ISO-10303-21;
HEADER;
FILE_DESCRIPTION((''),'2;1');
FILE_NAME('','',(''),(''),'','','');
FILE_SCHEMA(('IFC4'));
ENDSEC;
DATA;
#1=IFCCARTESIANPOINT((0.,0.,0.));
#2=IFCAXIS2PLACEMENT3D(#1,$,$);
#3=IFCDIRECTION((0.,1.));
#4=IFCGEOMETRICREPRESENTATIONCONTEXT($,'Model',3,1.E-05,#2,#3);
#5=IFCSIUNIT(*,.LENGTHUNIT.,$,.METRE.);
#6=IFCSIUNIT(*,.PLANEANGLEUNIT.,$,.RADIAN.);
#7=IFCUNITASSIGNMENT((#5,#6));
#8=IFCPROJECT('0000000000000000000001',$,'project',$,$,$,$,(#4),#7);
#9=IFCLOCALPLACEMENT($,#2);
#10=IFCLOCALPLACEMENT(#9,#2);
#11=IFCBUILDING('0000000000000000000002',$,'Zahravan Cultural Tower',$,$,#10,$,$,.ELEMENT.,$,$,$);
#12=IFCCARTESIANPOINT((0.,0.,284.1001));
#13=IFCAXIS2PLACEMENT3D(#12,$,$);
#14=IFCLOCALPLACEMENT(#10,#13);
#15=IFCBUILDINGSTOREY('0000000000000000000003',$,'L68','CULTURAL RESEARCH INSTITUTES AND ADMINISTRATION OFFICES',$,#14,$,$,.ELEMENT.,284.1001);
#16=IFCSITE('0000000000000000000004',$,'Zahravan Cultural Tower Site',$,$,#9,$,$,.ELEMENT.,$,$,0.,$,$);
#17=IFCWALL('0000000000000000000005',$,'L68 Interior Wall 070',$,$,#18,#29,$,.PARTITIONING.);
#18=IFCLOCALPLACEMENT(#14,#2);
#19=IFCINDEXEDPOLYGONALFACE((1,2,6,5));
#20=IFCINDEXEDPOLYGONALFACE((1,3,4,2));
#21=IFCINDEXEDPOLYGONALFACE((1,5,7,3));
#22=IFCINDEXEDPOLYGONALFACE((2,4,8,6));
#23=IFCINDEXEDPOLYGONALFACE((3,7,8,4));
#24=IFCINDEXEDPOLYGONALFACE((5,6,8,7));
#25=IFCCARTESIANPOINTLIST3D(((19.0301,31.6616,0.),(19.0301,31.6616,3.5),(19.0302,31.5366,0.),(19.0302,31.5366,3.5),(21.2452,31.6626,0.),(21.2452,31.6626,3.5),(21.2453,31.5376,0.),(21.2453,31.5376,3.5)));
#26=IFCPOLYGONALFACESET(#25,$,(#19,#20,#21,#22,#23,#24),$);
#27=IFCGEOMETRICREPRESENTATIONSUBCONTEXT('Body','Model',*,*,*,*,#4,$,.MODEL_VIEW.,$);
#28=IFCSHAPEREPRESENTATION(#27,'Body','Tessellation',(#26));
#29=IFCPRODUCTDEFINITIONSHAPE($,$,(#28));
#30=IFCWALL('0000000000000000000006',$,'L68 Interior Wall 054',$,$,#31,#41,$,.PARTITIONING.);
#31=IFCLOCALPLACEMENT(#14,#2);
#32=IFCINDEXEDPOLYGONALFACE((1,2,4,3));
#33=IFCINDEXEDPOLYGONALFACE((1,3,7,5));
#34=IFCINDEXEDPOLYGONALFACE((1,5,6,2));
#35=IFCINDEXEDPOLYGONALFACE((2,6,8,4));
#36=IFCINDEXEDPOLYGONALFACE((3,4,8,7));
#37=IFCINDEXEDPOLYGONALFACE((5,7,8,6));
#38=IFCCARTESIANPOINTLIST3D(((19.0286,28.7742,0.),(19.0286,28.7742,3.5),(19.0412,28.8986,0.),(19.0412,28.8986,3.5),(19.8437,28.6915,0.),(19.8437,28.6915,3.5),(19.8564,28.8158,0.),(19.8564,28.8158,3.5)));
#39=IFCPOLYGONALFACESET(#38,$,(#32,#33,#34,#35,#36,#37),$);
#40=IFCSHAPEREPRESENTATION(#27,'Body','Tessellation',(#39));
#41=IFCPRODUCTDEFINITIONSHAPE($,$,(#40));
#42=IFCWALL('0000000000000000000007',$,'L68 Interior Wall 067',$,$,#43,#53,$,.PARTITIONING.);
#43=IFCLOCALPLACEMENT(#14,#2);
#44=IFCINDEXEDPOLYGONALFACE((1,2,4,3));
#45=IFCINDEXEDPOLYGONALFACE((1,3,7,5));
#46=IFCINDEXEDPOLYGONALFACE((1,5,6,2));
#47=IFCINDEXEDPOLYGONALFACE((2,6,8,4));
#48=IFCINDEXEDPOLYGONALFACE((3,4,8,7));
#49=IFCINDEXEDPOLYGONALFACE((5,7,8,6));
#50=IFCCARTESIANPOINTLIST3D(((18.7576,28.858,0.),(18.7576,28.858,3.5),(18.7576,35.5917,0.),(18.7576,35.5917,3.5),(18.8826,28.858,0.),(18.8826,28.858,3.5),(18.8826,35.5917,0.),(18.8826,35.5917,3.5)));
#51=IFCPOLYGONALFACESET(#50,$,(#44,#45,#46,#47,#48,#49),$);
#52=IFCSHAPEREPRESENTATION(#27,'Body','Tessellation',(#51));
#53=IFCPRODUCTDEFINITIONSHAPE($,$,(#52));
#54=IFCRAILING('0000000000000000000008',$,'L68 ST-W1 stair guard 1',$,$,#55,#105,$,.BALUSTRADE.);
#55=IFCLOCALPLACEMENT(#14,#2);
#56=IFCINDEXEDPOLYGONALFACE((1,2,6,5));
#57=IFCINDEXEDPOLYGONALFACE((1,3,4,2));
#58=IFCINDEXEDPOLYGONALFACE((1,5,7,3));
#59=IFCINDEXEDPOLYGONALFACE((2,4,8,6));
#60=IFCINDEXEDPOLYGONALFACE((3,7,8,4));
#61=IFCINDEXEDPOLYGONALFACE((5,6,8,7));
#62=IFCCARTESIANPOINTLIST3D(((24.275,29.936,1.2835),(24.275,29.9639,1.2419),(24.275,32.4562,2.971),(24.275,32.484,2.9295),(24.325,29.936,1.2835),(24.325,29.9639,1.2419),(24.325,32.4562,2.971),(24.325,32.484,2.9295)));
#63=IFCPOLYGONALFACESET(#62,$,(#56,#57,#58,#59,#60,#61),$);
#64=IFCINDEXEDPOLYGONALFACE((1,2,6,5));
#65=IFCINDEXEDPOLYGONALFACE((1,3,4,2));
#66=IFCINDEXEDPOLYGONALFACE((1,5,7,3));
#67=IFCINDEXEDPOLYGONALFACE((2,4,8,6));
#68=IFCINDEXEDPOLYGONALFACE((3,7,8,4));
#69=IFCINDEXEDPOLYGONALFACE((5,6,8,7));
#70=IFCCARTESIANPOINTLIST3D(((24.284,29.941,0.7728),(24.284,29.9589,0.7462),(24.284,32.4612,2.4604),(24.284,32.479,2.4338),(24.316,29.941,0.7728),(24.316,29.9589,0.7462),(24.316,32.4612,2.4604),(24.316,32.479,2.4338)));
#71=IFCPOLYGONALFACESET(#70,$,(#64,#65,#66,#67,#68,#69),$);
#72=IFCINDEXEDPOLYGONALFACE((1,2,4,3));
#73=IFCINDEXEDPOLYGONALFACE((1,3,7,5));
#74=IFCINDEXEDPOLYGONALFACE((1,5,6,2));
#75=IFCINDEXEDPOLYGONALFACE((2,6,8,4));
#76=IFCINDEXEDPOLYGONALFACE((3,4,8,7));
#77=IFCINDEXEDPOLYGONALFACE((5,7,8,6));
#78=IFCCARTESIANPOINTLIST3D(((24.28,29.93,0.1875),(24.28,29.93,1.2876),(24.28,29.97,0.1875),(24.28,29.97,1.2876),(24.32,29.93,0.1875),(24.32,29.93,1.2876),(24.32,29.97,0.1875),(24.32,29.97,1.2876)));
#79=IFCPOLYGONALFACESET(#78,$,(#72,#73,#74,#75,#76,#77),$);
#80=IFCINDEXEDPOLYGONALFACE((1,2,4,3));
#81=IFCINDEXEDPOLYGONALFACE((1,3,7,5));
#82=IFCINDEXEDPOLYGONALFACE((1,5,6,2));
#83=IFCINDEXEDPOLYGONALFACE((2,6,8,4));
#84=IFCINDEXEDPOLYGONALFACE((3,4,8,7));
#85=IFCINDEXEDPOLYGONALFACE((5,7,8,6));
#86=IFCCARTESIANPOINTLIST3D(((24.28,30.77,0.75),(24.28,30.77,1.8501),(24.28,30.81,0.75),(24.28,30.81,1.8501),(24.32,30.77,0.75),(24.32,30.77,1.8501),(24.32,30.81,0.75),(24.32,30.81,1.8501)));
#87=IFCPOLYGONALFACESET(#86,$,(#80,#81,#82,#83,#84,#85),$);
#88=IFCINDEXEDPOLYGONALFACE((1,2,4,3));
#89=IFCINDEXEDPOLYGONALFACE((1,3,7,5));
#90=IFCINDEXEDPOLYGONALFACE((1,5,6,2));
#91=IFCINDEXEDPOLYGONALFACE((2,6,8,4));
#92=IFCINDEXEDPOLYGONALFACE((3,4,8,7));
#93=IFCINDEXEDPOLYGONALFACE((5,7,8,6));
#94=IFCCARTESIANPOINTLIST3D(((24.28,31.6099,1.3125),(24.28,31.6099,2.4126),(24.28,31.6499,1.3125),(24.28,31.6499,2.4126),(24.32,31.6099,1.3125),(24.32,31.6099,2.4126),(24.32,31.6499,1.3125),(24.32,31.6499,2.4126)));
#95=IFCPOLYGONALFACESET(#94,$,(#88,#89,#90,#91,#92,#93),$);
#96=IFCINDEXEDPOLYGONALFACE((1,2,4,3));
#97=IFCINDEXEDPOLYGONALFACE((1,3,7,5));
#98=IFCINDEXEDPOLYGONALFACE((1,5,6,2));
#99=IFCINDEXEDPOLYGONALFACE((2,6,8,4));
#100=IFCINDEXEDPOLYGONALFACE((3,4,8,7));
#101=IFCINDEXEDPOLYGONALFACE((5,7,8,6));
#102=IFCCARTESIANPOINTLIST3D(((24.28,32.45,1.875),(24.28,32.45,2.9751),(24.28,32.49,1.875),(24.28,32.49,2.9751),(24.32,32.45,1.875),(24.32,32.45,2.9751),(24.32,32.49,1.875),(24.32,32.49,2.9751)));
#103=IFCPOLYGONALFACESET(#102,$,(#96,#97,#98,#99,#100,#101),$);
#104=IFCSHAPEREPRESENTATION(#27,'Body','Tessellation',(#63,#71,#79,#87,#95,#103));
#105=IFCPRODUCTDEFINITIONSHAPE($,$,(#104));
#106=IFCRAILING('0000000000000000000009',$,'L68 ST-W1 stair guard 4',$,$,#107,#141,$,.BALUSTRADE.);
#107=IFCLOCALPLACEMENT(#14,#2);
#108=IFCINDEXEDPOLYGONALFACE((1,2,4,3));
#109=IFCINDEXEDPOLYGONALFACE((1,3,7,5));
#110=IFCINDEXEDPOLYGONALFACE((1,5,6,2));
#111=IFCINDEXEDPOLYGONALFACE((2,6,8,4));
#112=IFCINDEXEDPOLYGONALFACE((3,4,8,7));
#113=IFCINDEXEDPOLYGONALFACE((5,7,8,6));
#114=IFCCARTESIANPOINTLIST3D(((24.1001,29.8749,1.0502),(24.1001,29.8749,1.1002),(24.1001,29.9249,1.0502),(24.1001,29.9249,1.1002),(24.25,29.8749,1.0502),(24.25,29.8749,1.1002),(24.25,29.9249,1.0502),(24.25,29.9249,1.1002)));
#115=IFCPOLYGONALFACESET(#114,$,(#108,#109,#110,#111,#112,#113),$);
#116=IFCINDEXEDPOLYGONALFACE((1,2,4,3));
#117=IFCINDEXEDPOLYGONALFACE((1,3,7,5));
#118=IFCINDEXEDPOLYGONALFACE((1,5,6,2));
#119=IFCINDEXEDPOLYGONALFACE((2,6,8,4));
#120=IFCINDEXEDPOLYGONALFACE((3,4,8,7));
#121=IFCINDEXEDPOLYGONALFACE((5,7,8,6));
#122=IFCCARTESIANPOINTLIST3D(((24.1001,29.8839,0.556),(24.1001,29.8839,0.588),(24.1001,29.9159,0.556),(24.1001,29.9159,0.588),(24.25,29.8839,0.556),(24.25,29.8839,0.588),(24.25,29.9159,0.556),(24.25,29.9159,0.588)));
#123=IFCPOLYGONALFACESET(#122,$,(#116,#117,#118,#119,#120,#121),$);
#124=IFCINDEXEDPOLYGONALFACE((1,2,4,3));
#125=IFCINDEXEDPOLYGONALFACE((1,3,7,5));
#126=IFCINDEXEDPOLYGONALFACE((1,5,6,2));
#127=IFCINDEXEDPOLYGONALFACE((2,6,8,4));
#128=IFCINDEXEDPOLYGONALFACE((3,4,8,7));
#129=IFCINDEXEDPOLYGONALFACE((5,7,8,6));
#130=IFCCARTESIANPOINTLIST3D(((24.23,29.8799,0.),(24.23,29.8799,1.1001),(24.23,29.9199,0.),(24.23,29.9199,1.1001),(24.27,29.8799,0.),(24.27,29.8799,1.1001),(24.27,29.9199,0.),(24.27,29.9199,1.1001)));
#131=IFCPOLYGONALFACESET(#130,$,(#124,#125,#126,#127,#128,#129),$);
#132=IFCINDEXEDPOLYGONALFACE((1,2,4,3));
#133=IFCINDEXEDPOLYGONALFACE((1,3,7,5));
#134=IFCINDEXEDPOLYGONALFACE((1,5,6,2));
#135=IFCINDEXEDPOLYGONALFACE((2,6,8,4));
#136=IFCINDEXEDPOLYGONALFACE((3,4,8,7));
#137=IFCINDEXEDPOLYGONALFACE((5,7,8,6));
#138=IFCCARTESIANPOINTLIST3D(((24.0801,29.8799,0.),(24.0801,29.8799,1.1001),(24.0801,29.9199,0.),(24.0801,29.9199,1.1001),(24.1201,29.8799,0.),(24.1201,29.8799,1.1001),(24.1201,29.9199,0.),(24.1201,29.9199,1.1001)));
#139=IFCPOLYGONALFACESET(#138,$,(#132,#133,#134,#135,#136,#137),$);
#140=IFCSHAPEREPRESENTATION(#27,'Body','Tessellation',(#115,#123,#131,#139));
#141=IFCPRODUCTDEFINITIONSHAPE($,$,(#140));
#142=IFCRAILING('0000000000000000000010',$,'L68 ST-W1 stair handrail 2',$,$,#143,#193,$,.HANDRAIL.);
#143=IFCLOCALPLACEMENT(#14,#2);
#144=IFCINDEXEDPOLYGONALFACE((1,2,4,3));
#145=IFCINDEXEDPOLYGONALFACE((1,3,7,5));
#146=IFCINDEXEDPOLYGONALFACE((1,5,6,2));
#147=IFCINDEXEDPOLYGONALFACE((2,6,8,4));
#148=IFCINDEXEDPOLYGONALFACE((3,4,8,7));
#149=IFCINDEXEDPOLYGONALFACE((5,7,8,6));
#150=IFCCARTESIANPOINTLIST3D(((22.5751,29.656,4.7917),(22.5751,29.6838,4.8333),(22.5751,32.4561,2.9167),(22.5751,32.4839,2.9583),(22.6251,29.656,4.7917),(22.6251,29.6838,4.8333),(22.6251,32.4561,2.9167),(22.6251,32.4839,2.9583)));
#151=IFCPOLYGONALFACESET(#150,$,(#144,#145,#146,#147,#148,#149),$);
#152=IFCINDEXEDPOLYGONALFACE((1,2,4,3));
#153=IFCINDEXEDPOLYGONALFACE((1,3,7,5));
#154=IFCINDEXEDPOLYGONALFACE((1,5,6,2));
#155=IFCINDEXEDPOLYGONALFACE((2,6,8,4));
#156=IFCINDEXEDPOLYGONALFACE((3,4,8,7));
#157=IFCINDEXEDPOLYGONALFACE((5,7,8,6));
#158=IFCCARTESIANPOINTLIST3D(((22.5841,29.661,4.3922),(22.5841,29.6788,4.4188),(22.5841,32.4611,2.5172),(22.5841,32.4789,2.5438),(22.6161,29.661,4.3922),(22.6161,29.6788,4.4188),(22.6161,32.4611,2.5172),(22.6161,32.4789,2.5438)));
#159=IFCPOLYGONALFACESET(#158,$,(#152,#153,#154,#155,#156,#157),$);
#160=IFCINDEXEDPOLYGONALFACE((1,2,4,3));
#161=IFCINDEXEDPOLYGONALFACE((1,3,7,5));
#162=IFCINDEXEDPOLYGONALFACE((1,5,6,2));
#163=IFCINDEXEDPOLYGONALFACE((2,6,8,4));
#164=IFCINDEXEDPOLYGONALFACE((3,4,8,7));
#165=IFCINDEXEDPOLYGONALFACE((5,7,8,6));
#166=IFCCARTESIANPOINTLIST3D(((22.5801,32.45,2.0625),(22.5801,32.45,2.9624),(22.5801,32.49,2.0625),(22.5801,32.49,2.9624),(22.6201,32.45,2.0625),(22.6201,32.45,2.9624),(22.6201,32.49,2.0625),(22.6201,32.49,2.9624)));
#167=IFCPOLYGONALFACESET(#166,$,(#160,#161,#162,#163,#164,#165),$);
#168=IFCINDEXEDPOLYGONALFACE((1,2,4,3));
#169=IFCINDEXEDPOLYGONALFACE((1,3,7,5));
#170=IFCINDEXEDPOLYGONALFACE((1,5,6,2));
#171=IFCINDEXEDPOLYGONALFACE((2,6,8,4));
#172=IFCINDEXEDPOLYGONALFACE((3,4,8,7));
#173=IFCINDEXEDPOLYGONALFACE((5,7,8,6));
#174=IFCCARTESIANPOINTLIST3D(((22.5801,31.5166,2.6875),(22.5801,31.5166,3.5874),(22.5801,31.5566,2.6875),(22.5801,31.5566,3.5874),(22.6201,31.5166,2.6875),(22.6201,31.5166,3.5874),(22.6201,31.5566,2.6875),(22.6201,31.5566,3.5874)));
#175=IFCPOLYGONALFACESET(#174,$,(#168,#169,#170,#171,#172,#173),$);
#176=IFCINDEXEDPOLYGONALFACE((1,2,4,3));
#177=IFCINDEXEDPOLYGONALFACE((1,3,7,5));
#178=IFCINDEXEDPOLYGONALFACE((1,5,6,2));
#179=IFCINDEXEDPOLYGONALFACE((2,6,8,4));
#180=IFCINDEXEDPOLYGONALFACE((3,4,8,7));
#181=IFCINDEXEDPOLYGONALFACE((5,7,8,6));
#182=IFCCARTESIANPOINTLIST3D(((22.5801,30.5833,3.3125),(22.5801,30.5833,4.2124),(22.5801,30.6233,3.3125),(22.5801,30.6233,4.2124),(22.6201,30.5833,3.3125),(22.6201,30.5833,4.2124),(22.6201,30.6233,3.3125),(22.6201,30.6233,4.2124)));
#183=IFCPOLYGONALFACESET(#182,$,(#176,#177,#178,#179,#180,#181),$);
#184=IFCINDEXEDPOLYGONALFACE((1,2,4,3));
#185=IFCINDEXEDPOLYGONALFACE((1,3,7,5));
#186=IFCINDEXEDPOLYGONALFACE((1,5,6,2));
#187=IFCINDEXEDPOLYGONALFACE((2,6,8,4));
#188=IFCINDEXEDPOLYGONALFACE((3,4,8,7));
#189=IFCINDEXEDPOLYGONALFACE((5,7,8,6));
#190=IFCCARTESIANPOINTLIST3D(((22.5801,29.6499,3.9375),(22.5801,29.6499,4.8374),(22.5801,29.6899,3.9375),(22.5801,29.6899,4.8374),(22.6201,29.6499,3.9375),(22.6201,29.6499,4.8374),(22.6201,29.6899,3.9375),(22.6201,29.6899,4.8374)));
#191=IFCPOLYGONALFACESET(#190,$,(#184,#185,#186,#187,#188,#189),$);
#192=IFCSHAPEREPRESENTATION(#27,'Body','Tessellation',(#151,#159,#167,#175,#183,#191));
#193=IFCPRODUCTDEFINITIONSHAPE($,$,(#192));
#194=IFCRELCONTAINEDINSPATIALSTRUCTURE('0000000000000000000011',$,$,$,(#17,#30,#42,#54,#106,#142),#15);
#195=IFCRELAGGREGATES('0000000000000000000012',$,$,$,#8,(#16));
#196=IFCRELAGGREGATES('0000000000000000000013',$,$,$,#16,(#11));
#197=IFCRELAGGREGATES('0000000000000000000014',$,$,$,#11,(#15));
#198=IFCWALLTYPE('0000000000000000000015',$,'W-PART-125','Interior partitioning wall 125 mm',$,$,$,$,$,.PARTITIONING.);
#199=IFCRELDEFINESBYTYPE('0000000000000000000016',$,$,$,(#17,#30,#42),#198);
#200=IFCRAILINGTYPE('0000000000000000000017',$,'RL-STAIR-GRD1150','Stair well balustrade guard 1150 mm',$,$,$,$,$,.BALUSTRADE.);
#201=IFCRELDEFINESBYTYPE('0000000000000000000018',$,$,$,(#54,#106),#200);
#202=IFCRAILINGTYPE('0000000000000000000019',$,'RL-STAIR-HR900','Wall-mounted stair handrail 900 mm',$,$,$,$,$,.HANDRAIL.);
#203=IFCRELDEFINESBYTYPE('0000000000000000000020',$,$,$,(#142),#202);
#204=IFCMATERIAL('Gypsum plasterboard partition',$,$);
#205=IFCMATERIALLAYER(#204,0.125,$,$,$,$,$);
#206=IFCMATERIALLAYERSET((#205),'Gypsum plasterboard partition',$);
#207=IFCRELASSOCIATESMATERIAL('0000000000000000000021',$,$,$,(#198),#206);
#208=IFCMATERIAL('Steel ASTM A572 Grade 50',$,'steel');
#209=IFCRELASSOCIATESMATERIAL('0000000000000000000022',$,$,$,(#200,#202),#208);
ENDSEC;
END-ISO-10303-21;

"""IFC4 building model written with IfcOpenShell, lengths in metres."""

from ifc_helpers import new_model, si_unit, direction, frame, frame_2d, origin, origin_2d, place, context, subcontext, project, spatial, rectangle, extrude, source, transform, mapped, material, layer, layer_set, type_object, element, save


model = new_model("IFC4")

# Units and contexts
model_context = context("Model", 3, precision=1e-05, world=origin(), true_north=direction((0.0, 1.0)))
body_context = subcontext(model_context, "Body", "Model", "MODEL_VIEW")
ifc_project = project(units=[si_unit("LENGTHUNIT", "METRE"), si_unit("PLANEANGLEUNIT", "RADIAN")], contexts=[model_context])

# Site, building, storey
site_placement = place(None, origin())
site = spatial("IfcSite", under=ifc_project, at=site_placement, Name="Zahravan Cultural Tower Site", CompositionType="ELEMENT", RefElevation=0.0)
building_placement = place(site_placement, origin())
building = spatial("IfcBuilding", under=site, at=building_placement, Name="Zahravan Cultural Tower", CompositionType="ELEMENT")
storey_placement = place(building_placement, frame((0.0, 0.0, 284.1001)))
storey = spatial("IfcBuildingStorey", under=building, at=storey_placement, Name="L68", Description="CULTURAL RESEARCH INSTITUTES AND ADMINISTRATION OFFICES", CompositionType="ELEMENT", Elevation=284.1001)

# Shared definitions
ifc_material_1 = material(Name="Gypsum plasterboard partition")
ifc_layer_1 = layer(ifc_material_1, 0.125)
ifc_layer_set_1 = layer_set([ifc_layer_1], Name="Gypsum plasterboard partition")
wall_type_1 = type_object("IfcWallType", Name="W-PART-125", Description="Interior partitioning wall 125 mm", PredefinedType="PARTITIONING", material=ifc_layer_set_1)

# Walls
shared_shape_1 = source(origin(), body_context, "Body", "SweptSolid", [
    extrude(rectangle(XDim=2.2151, YDim=0.125, at=frame_2d((1.1074, 0.0))), origin(), (0.0, 0.0, 1.0), 3.5),
])
wall_1_placement = place(storey_placement, frame((21.2451, 31.6001, 0.0), z_axis=(0.0, 0.0, 1.0), x_axis=(-1.0, -0.000441, 0.0)))
element("IfcWall", 1, at=wall_1_placement, inside=storey, type_object=wall_type_1, Name="L68 Interior Wall 070", PredefinedType="PARTITIONING", context=body_context, shape_type="MappedRepresentation", body=[
    mapped(shared_shape_1, transform((0.0, 0.0, 0.0), x_axis=(1.0, 0.0, 0.0), y_axis=(0.0, 1.0, 0.0), z_axis=(0.0, 0.0, 1.0), scale=1.0)),
])
shared_shape_2 = source(origin(), body_context, "Body", "SweptSolid", [
    extrude(rectangle(XDim=0.8193, YDim=0.125, at=frame_2d((0.4097, 0.0))), origin(), (0.0, 0.0, 1.0), 3.5),
])
wall_2_placement = place(storey_placement, frame((19.0349, 28.8364, 0.0), z_axis=(0.0, 0.0, 1.0), x_axis=(0.994886, -0.101008, 0.0)))
element("IfcWall", 2, at=wall_2_placement, inside=storey, type_object=wall_type_1, Name="L68 Interior Wall 054", PredefinedType="PARTITIONING", context=body_context, shape_type="MappedRepresentation", body=[
    mapped(shared_shape_2, transform((0.0, 0.0, 0.0), x_axis=(1.0, 0.0, 0.0), y_axis=(0.0, 1.0, 0.0), z_axis=(0.0, 0.0, 1.0), scale=1.0)),
])
shared_shape_3 = source(origin(), body_context, "Body", "SweptSolid", [
    extrude(rectangle(XDim=6.7336, YDim=0.125, at=frame_2d((3.3667, 0.0))), origin(), (0.0, 0.0, 1.0), 3.5),
])
wall_3_placement = place(storey_placement, frame((18.8201, 28.8582, 0.0), z_axis=(0.0, 0.0, 1.0), x_axis=(0.0, 1.0, 0.0)))
element("IfcWall", 3, at=wall_3_placement, inside=storey, type_object=wall_type_1, Name="L68 Interior Wall 067", PredefinedType="PARTITIONING", context=body_context, shape_type="MappedRepresentation", body=[
    mapped(shared_shape_3, transform((0.0, 0.0, 0.0), x_axis=(1.0, 0.0, 0.0), y_axis=(0.0, 1.0, 0.0), z_axis=(0.0, 0.0, 1.0), scale=1.0)),
])

# Railings
ifc_material_2 = material(Name="Steel ASTM A572 Grade 50", Category="steel")
railing_type_1 = type_object("IfcRailingType", Name="RL-STAIR-GRD1150", Description="Stair well balustrade guard 1150 mm", PredefinedType="BALUSTRADE", material=ifc_material_2)
railing_1_placement = place(storey_placement, frame((24.3, 29.95, 0.1875)))
element("IfcRailing", 4, at=railing_1_placement, inside=storey, type_object=railing_type_1, Name="L68 ST-W1 stair guard 1", PredefinedType="BALUSTRADE", context=body_context, shape_type="SweptSolid", body=[
    extrude(rectangle(XDim=0.05, YDim=0.05, at=origin_2d()), frame((0.0, 0.0, 1.0752), z_axis=(0.0, 0.830909, 0.556408), x_axis=(-1.0, 0.0, 0.0)), (0.0, 0.0, 1.0), 3.033),
    extrude(rectangle(XDim=0.032, YDim=0.032, at=origin_2d()), frame((0.0, 0.0, 0.572), z_axis=(0.0, 0.830909, 0.556408), x_axis=(-1.0, 0.0, 0.0)), (0.0, 0.0, 1.0), 3.033),
    extrude(rectangle(XDim=0.04, YDim=0.04, at=origin_2d()), origin(), (0.0, 0.0, 1.0), 1.1001),
    extrude(rectangle(XDim=0.04, YDim=0.04, at=origin_2d()), frame((0.0, 0.8401, 0.5625)), (0.0, 0.0, 1.0), 1.1001),
    extrude(rectangle(XDim=0.04, YDim=0.04, at=origin_2d()), frame((0.0, 1.6799, 1.125)), (0.0, 0.0, 1.0), 1.1001),
    extrude(rectangle(XDim=0.04, YDim=0.04, at=origin_2d()), frame((0.0, 2.52, 1.6875)), (0.0, 0.0, 1.0), 1.1001),
])
railing_2_placement = place(storey_placement, frame((24.25, 29.8999, 0.0)))
element("IfcRailing", 5, at=railing_2_placement, inside=storey, type_object=railing_type_1, Name="L68 ST-W1 stair guard 4", PredefinedType="BALUSTRADE", context=body_context, shape_type="SweptSolid", body=[
    extrude(rectangle(XDim=0.05, YDim=0.05, at=origin_2d()), frame((0.0, 0.0, 1.0752), z_axis=(-1.0, 0.0, 0.0), x_axis=(0.0, -1.0, 0.0)), (0.0, 0.0, 1.0), 0.1499),
    extrude(rectangle(XDim=0.032, YDim=0.032, at=origin_2d()), frame((0.0, 0.0, 0.572), z_axis=(-1.0, 0.0, 0.0), x_axis=(0.0, -1.0, 0.0)), (0.0, 0.0, 1.0), 0.1499),
    extrude(rectangle(XDim=0.04, YDim=0.04, at=origin_2d()), origin(), (0.0, 0.0, 1.0), 1.1001),
    extrude(rectangle(XDim=0.04, YDim=0.04, at=origin_2d()), frame((-0.1499, 0.0, 0.0)), (0.0, 0.0, 1.0), 1.1001),
])
railing_type_2 = type_object("IfcRailingType", Name="RL-STAIR-HR900", Description="Wall-mounted stair handrail 900 mm", PredefinedType="HANDRAIL", material=ifc_material_2)
railing_3_placement = place(storey_placement, frame((22.6001, 32.47, 2.0625)))
element("IfcRailing", 6, at=railing_3_placement, inside=storey, type_object=railing_type_2, Name="L68 ST-W1 stair handrail 2", PredefinedType="HANDRAIL", context=body_context, shape_type="SweptSolid", body=[
    extrude(rectangle(XDim=0.05, YDim=0.05, at=origin_2d()), frame((0.0, 0.0, 0.875), z_axis=(0.0, -0.830912, 0.556404), x_axis=(1.0, 0.0, 0.0)), (0.0, 0.0, 1.0), 3.3699),
    extrude(rectangle(XDim=0.032, YDim=0.032, at=origin_2d()), frame((0.0, 0.0, 0.468), z_axis=(0.0, -0.830912, 0.556404), x_axis=(1.0, 0.0, 0.0)), (0.0, 0.0, 1.0), 3.3699),
    extrude(rectangle(XDim=0.04, YDim=0.04, at=origin_2d()), origin(), (0.0, 0.0, 1.0), 0.8999),
    extrude(rectangle(XDim=0.04, YDim=0.04, at=origin_2d()), frame((0.0, -0.9333, 0.625)), (0.0, 0.0, 1.0), 0.8999),
    extrude(rectangle(XDim=0.04, YDim=0.04, at=origin_2d()), frame((0.0, -1.8667, 1.25)), (0.0, 0.0, 1.0), 0.8999),
    extrude(rectangle(XDim=0.04, YDim=0.04, at=origin_2d()), frame((0.0, -2.8, 1.875)), (0.0, 0.0, 1.0), 0.8999),
])

save(model, "model.ifc")
